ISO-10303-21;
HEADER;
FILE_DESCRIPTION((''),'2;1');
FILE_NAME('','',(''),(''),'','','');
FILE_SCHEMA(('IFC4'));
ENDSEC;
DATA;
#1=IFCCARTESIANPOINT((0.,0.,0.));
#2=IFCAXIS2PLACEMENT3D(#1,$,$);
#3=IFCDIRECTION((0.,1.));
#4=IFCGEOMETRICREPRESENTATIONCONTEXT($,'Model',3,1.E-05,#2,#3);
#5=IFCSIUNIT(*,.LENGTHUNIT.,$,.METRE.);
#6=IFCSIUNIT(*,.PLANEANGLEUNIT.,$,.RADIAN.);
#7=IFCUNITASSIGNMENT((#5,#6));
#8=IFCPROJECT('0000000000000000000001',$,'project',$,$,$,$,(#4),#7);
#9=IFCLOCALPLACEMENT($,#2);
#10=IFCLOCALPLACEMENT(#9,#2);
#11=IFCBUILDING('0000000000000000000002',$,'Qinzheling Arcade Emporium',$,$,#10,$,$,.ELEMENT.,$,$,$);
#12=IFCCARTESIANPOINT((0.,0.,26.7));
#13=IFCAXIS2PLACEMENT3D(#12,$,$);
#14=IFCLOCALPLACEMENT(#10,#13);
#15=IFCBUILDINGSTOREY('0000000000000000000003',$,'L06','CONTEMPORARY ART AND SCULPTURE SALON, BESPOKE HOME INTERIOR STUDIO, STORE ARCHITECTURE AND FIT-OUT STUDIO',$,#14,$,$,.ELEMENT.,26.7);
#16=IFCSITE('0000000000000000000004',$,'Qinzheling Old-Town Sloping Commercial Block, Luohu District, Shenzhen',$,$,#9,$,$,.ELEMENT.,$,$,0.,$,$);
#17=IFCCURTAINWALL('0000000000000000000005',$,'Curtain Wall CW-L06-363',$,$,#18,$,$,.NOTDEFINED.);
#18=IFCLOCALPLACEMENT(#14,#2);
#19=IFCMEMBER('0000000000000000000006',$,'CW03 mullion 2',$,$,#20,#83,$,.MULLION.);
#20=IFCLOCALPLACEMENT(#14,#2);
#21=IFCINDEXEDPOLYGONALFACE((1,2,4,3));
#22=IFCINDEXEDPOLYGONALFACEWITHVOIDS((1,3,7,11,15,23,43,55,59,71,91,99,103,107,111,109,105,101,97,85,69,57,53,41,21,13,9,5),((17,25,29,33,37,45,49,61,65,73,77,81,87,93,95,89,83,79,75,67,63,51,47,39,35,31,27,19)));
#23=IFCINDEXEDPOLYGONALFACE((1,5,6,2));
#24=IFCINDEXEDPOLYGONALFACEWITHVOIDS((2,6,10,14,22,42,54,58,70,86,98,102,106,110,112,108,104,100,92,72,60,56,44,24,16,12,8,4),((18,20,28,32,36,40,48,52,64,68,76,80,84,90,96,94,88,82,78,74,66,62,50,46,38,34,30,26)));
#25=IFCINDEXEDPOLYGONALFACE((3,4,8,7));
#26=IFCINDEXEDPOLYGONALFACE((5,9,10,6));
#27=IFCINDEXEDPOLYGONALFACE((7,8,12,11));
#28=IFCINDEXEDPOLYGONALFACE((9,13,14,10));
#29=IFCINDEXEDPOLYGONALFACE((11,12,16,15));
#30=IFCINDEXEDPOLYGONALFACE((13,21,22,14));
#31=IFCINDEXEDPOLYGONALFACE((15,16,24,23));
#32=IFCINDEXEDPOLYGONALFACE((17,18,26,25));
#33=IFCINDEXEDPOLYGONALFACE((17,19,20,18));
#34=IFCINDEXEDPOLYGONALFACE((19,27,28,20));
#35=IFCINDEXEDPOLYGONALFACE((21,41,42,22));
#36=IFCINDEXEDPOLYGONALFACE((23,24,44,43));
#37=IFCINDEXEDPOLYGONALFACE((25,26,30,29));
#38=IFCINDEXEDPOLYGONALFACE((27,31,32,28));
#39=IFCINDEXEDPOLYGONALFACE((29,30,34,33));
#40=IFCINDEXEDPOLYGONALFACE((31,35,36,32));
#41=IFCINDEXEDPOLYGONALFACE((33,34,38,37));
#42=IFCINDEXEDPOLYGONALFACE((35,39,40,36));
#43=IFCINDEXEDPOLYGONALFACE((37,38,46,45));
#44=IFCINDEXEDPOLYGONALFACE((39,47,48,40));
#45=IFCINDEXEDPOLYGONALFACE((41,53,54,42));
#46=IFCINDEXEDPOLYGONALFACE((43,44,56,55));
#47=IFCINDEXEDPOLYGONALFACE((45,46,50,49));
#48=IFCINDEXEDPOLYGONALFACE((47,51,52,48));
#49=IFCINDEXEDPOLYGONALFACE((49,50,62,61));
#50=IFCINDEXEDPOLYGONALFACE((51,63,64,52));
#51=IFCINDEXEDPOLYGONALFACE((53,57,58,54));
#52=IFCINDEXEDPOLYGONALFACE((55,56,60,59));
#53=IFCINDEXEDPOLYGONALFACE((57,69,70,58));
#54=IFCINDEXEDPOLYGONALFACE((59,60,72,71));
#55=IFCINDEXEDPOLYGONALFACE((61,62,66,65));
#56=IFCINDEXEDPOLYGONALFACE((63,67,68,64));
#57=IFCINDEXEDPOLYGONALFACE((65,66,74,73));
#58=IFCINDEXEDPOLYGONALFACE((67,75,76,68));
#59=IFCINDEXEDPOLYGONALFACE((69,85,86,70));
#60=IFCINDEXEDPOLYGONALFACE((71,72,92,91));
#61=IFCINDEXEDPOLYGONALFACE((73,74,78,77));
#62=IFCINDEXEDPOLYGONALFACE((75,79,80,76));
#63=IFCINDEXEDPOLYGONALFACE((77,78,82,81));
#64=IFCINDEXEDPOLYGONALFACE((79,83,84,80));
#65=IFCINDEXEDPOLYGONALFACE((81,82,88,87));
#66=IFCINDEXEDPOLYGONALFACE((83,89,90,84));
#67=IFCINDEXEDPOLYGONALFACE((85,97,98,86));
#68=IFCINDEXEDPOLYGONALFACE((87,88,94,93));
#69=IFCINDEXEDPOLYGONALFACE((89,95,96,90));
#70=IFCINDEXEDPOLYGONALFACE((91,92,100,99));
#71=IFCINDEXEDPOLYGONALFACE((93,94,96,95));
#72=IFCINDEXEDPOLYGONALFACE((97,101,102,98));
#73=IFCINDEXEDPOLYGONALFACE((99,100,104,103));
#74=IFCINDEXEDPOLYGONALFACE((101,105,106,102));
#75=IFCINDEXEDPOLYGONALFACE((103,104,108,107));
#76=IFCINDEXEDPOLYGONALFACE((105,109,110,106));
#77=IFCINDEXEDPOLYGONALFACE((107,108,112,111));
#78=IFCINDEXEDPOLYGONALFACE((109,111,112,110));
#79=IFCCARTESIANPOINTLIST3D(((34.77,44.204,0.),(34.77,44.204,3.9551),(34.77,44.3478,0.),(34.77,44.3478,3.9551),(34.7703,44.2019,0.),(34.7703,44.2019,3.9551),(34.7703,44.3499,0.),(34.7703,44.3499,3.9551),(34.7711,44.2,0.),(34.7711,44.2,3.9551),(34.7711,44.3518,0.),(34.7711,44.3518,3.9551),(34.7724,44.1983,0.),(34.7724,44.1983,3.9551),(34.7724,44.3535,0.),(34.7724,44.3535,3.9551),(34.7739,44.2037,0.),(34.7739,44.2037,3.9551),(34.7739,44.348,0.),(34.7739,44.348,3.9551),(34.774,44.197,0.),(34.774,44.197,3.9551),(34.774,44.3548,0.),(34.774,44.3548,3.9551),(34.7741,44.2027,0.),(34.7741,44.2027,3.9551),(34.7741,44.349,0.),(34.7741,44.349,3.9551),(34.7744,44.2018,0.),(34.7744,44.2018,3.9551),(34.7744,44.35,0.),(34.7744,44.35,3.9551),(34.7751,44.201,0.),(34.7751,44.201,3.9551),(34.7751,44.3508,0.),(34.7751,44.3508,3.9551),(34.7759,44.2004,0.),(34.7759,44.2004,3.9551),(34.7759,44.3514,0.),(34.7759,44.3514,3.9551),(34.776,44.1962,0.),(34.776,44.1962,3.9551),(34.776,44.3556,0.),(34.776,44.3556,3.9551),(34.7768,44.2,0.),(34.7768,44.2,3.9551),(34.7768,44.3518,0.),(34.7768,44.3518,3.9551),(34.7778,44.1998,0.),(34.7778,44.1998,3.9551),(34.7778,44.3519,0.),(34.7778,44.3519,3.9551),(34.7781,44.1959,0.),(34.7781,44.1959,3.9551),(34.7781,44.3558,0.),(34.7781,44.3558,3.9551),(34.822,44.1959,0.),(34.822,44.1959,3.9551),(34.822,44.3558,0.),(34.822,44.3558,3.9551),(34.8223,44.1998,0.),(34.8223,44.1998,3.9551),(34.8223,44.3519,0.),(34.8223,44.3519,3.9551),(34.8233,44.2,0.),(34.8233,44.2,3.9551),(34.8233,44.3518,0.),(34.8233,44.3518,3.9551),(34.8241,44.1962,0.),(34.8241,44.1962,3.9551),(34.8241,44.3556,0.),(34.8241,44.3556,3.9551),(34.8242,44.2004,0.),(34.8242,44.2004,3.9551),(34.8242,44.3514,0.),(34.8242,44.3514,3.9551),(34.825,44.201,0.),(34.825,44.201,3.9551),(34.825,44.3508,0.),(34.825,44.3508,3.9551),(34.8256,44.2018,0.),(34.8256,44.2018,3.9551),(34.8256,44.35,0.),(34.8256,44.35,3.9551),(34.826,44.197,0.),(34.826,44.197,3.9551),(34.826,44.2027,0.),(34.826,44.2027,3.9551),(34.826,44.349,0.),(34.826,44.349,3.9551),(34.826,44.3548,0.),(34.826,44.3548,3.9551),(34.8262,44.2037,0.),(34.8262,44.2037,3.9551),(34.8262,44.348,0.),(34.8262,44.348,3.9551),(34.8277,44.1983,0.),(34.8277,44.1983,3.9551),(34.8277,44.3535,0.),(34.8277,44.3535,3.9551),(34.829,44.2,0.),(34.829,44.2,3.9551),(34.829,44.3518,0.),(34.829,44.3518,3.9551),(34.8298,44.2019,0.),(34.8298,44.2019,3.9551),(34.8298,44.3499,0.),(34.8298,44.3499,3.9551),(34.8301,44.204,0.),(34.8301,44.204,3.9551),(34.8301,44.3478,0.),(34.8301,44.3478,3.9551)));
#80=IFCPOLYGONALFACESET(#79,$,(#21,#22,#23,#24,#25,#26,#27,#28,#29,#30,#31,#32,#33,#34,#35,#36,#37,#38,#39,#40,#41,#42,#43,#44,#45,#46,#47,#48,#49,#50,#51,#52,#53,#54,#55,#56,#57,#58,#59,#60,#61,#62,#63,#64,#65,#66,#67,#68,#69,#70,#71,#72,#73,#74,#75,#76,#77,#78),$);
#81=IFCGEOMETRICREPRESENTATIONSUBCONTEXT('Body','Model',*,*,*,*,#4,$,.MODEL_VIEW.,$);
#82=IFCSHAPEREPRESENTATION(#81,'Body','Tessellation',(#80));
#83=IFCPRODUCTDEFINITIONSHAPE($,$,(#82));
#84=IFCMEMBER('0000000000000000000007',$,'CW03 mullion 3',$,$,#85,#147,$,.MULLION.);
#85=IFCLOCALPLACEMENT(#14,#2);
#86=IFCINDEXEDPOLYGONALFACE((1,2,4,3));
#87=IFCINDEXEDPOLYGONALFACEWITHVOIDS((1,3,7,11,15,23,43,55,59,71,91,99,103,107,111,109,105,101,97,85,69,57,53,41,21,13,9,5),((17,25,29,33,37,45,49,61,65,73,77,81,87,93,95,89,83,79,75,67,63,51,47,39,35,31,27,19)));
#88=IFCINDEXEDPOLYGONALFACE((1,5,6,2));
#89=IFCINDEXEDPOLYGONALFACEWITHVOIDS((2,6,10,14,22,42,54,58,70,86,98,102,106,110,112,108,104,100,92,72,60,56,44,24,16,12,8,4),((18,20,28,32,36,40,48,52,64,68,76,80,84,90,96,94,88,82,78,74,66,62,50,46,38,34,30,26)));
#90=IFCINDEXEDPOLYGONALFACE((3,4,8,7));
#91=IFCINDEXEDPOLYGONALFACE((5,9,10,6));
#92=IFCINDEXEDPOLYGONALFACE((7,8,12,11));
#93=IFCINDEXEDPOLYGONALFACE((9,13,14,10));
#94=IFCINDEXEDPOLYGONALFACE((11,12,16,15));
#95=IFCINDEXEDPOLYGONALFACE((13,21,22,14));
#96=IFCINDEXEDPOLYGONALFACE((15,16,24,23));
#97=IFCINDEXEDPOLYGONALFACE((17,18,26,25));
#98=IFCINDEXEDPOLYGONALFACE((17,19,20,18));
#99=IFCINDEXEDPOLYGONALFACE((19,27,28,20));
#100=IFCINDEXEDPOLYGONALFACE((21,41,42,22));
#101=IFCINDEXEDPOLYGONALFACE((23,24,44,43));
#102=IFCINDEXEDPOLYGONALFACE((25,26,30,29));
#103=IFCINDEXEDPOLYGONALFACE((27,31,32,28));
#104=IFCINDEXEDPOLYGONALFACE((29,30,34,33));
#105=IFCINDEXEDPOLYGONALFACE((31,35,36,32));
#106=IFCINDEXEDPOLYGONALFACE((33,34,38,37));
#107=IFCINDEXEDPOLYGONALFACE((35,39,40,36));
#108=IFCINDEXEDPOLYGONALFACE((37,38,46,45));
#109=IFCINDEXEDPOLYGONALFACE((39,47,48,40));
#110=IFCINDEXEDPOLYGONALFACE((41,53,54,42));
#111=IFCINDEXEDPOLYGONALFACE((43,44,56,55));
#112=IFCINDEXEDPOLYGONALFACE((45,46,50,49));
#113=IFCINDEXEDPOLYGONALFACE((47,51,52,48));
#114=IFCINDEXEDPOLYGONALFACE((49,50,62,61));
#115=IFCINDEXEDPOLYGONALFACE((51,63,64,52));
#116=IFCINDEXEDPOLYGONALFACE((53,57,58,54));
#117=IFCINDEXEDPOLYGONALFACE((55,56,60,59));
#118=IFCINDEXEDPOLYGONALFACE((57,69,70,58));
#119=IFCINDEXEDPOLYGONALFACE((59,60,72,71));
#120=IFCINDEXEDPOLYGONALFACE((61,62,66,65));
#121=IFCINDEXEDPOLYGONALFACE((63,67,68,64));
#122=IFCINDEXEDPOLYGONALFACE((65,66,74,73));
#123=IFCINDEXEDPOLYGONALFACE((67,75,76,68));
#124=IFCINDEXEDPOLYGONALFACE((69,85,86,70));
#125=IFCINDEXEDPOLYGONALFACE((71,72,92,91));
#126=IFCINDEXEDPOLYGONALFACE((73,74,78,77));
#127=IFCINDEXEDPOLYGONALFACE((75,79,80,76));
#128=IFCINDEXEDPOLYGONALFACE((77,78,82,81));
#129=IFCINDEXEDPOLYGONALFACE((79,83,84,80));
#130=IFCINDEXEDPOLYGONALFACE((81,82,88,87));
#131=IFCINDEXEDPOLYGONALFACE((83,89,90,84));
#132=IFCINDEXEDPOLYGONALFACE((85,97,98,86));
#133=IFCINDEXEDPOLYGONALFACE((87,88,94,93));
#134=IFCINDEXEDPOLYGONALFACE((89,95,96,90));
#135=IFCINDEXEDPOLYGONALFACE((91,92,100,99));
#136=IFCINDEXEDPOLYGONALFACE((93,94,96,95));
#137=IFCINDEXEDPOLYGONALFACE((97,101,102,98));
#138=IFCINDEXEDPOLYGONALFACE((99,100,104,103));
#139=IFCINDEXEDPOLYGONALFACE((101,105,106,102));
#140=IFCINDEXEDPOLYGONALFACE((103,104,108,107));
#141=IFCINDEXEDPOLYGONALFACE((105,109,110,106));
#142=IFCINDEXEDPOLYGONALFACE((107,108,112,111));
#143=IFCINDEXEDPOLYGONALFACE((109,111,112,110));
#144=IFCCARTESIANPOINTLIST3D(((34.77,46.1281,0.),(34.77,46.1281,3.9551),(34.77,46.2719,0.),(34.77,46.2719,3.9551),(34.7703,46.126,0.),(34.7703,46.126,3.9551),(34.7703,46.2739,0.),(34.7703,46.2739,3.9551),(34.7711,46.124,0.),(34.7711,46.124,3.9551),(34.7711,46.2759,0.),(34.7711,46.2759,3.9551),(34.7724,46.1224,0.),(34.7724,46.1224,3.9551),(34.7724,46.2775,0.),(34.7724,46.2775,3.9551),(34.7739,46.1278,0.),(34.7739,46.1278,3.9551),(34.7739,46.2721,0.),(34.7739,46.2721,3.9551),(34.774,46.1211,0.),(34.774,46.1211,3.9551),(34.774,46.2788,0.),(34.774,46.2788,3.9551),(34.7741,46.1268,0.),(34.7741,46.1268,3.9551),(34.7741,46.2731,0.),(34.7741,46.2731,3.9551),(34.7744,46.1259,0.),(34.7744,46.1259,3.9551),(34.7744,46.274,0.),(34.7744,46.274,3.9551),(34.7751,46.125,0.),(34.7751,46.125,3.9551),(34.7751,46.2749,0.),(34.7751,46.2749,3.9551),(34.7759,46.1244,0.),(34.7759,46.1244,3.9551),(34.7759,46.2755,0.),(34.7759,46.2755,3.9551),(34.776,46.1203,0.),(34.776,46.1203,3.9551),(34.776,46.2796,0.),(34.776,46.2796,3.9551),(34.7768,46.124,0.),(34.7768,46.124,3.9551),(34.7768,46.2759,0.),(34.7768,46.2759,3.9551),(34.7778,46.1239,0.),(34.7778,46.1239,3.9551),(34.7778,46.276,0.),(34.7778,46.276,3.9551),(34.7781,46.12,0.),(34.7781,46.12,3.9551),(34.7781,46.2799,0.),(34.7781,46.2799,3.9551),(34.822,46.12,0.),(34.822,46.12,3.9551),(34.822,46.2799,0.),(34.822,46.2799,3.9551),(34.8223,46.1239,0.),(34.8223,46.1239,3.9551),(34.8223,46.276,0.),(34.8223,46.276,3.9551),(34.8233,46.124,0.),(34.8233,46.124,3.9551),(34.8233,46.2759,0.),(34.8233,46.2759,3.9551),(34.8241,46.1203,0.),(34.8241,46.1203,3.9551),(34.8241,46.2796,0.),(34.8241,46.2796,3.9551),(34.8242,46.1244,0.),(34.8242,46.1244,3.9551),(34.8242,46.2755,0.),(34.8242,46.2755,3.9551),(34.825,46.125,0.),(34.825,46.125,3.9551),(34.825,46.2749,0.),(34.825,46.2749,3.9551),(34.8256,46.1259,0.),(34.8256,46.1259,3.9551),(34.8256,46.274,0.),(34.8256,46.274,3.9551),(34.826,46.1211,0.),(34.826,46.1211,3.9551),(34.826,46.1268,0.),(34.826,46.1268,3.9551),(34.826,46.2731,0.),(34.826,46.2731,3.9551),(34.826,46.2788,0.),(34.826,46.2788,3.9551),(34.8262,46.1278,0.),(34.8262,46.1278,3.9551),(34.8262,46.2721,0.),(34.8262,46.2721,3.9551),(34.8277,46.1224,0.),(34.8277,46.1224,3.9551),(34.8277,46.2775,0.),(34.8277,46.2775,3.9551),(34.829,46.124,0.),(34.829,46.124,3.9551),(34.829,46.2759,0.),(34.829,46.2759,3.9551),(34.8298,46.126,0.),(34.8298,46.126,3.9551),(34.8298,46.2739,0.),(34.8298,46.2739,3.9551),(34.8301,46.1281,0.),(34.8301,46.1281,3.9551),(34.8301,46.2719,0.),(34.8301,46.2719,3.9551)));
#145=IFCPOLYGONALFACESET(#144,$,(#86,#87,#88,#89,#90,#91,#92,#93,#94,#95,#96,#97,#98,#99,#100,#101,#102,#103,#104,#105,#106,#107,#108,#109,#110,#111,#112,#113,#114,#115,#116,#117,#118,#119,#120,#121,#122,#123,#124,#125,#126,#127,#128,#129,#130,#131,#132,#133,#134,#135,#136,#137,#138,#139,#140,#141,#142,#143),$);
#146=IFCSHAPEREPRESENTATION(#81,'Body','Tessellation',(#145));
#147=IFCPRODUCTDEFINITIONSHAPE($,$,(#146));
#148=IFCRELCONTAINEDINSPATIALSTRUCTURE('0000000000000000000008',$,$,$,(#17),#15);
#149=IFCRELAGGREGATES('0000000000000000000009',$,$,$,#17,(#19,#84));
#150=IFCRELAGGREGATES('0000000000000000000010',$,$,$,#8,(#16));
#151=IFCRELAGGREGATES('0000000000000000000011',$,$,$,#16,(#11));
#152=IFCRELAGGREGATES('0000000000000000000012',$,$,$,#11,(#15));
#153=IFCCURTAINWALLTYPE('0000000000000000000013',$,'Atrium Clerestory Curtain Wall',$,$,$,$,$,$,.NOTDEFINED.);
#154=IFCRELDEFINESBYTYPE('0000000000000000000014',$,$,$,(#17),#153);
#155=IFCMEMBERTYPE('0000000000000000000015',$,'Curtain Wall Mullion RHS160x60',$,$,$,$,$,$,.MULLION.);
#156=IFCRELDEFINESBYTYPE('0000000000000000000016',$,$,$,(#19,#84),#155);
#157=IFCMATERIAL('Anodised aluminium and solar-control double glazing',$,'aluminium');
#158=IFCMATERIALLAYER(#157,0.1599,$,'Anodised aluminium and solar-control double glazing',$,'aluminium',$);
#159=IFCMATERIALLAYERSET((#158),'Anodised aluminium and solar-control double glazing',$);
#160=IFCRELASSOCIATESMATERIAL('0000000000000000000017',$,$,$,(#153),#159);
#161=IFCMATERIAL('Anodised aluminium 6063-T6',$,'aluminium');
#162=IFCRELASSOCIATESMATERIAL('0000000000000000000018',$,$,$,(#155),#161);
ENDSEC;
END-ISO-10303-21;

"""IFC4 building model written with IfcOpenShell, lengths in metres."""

from ifc_helpers import new_model, si_unit, direction, frame, origin, origin_2d, place, context, subcontext, project, spatial, hollow_rectangle, extrude, material, layer, layer_set, material_profile, profile_set, type_object, element, aggregate, save


model = new_model("IFC4")

# Units and contexts
model_context = context("Model", 3, precision=1e-05, world=origin(), true_north=direction((0.0, 1.0)))
body_context = subcontext(model_context, "Body", "Model", "MODEL_VIEW")
ifc_project = project(units=[si_unit("LENGTHUNIT", "METRE"), si_unit("PLANEANGLEUNIT", "RADIAN")], contexts=[model_context])

# Site, building, storey
site_placement = place(None, origin())
site = spatial("IfcSite", under=ifc_project, at=site_placement, Name="Qinzheling Old-Town Sloping Commercial Block, Luohu District, Shenzhen", CompositionType="ELEMENT", RefElevation=0.0)
building_placement = place(site_placement, origin())
building = spatial("IfcBuilding", under=site, at=building_placement, Name="Qinzheling Arcade Emporium", CompositionType="ELEMENT")
storey_placement = place(building_placement, frame((0.0, 0.0, 26.7)))
storey = spatial("IfcBuildingStorey", under=building, at=storey_placement, Name="L06", Description="CONTEMPORARY ART AND SCULPTURE SALON, BESPOKE HOME INTERIOR STUDIO, STORE ARCHITECTURE AND FIT-OUT STUDIO", CompositionType="ELEMENT", Elevation=26.7)

# Curtain wall, members
ifc_material_1 = material(Name="Anodised aluminium and solar-control double glazing", Category="aluminium")
ifc_layer_1 = layer(ifc_material_1, 0.1599, Name="Anodised aluminium and solar-control double glazing", Category="aluminium")
ifc_layer_set_1 = layer_set([ifc_layer_1], Name="Anodised aluminium and solar-control double glazing")
curtain_wall_type = type_object("IfcCurtainWallType", Name="Atrium Clerestory Curtain Wall", PredefinedType="NOTDEFINED", material=ifc_layer_set_1)
curtain_wall_placement = place(storey_placement, origin())
curtain_wall = element("IfcCurtainWall", 1, at=curtain_wall_placement, inside=storey, type_object=curtain_wall_type, Name="Curtain Wall CW-L06-363", PredefinedType="NOTDEFINED")
ifc_material_2 = material(Name="Anodised aluminium 6063-T6", Category="aluminium")
ifc_material_profile_1 = material_profile(ifc_material_2, hollow_rectangle(XDim=0.0601, YDim=0.1599, WallThickness=0.0039, InnerFilletRadius=0.0039, OuterFilletRadius=0.0081, at=origin_2d()), Name="RHS 160x60x4", Category="aluminium")
ifc_profile_set_1 = profile_set([ifc_material_profile_1], Name="Anodised aluminium 6063-T6")
member_type_1 = type_object("IfcMemberType", Name="Curtain Wall Mullion RHS160x60", PredefinedType="MULLION", material=ifc_profile_set_1)
member_1_placement = place(storey_placement, frame((34.8, 44.2759, 0.0), z_axis=(0.0, 0.0, 1.0), x_axis=(-1.0, 0.0, 0.0)))
member_1 = element("IfcMember", 2, at=member_1_placement, type_object=member_type_1, Name="CW03 mullion 2", PredefinedType="MULLION", context=body_context, shape_type="SweptSolid", body=[
    extrude(hollow_rectangle(XDim=0.0601, YDim=0.1599, WallThickness=0.0039, InnerFilletRadius=0.0039, OuterFilletRadius=0.0081, at=origin_2d()), origin(), (0.0, 0.0, 1.0), 3.9551),
])
member_2_placement = place(storey_placement, frame((34.8, 46.2, 0.0), z_axis=(0.0, 0.0, 1.0), x_axis=(-1.0, 0.0, 0.0)))
member_2 = element("IfcMember", 3, at=member_2_placement, type_object=member_type_1, Name="CW03 mullion 3", PredefinedType="MULLION", context=body_context, shape_type="SweptSolid", body=[
    extrude(hollow_rectangle(XDim=0.0601, YDim=0.1599, WallThickness=0.0039, InnerFilletRadius=0.0039, OuterFilletRadius=0.0081, at=origin_2d()), origin(), (0.0, 0.0, 1.0), 3.9551),
])
aggregate(curtain_wall, [member_1, member_2])

save(model, "model.ifc")
